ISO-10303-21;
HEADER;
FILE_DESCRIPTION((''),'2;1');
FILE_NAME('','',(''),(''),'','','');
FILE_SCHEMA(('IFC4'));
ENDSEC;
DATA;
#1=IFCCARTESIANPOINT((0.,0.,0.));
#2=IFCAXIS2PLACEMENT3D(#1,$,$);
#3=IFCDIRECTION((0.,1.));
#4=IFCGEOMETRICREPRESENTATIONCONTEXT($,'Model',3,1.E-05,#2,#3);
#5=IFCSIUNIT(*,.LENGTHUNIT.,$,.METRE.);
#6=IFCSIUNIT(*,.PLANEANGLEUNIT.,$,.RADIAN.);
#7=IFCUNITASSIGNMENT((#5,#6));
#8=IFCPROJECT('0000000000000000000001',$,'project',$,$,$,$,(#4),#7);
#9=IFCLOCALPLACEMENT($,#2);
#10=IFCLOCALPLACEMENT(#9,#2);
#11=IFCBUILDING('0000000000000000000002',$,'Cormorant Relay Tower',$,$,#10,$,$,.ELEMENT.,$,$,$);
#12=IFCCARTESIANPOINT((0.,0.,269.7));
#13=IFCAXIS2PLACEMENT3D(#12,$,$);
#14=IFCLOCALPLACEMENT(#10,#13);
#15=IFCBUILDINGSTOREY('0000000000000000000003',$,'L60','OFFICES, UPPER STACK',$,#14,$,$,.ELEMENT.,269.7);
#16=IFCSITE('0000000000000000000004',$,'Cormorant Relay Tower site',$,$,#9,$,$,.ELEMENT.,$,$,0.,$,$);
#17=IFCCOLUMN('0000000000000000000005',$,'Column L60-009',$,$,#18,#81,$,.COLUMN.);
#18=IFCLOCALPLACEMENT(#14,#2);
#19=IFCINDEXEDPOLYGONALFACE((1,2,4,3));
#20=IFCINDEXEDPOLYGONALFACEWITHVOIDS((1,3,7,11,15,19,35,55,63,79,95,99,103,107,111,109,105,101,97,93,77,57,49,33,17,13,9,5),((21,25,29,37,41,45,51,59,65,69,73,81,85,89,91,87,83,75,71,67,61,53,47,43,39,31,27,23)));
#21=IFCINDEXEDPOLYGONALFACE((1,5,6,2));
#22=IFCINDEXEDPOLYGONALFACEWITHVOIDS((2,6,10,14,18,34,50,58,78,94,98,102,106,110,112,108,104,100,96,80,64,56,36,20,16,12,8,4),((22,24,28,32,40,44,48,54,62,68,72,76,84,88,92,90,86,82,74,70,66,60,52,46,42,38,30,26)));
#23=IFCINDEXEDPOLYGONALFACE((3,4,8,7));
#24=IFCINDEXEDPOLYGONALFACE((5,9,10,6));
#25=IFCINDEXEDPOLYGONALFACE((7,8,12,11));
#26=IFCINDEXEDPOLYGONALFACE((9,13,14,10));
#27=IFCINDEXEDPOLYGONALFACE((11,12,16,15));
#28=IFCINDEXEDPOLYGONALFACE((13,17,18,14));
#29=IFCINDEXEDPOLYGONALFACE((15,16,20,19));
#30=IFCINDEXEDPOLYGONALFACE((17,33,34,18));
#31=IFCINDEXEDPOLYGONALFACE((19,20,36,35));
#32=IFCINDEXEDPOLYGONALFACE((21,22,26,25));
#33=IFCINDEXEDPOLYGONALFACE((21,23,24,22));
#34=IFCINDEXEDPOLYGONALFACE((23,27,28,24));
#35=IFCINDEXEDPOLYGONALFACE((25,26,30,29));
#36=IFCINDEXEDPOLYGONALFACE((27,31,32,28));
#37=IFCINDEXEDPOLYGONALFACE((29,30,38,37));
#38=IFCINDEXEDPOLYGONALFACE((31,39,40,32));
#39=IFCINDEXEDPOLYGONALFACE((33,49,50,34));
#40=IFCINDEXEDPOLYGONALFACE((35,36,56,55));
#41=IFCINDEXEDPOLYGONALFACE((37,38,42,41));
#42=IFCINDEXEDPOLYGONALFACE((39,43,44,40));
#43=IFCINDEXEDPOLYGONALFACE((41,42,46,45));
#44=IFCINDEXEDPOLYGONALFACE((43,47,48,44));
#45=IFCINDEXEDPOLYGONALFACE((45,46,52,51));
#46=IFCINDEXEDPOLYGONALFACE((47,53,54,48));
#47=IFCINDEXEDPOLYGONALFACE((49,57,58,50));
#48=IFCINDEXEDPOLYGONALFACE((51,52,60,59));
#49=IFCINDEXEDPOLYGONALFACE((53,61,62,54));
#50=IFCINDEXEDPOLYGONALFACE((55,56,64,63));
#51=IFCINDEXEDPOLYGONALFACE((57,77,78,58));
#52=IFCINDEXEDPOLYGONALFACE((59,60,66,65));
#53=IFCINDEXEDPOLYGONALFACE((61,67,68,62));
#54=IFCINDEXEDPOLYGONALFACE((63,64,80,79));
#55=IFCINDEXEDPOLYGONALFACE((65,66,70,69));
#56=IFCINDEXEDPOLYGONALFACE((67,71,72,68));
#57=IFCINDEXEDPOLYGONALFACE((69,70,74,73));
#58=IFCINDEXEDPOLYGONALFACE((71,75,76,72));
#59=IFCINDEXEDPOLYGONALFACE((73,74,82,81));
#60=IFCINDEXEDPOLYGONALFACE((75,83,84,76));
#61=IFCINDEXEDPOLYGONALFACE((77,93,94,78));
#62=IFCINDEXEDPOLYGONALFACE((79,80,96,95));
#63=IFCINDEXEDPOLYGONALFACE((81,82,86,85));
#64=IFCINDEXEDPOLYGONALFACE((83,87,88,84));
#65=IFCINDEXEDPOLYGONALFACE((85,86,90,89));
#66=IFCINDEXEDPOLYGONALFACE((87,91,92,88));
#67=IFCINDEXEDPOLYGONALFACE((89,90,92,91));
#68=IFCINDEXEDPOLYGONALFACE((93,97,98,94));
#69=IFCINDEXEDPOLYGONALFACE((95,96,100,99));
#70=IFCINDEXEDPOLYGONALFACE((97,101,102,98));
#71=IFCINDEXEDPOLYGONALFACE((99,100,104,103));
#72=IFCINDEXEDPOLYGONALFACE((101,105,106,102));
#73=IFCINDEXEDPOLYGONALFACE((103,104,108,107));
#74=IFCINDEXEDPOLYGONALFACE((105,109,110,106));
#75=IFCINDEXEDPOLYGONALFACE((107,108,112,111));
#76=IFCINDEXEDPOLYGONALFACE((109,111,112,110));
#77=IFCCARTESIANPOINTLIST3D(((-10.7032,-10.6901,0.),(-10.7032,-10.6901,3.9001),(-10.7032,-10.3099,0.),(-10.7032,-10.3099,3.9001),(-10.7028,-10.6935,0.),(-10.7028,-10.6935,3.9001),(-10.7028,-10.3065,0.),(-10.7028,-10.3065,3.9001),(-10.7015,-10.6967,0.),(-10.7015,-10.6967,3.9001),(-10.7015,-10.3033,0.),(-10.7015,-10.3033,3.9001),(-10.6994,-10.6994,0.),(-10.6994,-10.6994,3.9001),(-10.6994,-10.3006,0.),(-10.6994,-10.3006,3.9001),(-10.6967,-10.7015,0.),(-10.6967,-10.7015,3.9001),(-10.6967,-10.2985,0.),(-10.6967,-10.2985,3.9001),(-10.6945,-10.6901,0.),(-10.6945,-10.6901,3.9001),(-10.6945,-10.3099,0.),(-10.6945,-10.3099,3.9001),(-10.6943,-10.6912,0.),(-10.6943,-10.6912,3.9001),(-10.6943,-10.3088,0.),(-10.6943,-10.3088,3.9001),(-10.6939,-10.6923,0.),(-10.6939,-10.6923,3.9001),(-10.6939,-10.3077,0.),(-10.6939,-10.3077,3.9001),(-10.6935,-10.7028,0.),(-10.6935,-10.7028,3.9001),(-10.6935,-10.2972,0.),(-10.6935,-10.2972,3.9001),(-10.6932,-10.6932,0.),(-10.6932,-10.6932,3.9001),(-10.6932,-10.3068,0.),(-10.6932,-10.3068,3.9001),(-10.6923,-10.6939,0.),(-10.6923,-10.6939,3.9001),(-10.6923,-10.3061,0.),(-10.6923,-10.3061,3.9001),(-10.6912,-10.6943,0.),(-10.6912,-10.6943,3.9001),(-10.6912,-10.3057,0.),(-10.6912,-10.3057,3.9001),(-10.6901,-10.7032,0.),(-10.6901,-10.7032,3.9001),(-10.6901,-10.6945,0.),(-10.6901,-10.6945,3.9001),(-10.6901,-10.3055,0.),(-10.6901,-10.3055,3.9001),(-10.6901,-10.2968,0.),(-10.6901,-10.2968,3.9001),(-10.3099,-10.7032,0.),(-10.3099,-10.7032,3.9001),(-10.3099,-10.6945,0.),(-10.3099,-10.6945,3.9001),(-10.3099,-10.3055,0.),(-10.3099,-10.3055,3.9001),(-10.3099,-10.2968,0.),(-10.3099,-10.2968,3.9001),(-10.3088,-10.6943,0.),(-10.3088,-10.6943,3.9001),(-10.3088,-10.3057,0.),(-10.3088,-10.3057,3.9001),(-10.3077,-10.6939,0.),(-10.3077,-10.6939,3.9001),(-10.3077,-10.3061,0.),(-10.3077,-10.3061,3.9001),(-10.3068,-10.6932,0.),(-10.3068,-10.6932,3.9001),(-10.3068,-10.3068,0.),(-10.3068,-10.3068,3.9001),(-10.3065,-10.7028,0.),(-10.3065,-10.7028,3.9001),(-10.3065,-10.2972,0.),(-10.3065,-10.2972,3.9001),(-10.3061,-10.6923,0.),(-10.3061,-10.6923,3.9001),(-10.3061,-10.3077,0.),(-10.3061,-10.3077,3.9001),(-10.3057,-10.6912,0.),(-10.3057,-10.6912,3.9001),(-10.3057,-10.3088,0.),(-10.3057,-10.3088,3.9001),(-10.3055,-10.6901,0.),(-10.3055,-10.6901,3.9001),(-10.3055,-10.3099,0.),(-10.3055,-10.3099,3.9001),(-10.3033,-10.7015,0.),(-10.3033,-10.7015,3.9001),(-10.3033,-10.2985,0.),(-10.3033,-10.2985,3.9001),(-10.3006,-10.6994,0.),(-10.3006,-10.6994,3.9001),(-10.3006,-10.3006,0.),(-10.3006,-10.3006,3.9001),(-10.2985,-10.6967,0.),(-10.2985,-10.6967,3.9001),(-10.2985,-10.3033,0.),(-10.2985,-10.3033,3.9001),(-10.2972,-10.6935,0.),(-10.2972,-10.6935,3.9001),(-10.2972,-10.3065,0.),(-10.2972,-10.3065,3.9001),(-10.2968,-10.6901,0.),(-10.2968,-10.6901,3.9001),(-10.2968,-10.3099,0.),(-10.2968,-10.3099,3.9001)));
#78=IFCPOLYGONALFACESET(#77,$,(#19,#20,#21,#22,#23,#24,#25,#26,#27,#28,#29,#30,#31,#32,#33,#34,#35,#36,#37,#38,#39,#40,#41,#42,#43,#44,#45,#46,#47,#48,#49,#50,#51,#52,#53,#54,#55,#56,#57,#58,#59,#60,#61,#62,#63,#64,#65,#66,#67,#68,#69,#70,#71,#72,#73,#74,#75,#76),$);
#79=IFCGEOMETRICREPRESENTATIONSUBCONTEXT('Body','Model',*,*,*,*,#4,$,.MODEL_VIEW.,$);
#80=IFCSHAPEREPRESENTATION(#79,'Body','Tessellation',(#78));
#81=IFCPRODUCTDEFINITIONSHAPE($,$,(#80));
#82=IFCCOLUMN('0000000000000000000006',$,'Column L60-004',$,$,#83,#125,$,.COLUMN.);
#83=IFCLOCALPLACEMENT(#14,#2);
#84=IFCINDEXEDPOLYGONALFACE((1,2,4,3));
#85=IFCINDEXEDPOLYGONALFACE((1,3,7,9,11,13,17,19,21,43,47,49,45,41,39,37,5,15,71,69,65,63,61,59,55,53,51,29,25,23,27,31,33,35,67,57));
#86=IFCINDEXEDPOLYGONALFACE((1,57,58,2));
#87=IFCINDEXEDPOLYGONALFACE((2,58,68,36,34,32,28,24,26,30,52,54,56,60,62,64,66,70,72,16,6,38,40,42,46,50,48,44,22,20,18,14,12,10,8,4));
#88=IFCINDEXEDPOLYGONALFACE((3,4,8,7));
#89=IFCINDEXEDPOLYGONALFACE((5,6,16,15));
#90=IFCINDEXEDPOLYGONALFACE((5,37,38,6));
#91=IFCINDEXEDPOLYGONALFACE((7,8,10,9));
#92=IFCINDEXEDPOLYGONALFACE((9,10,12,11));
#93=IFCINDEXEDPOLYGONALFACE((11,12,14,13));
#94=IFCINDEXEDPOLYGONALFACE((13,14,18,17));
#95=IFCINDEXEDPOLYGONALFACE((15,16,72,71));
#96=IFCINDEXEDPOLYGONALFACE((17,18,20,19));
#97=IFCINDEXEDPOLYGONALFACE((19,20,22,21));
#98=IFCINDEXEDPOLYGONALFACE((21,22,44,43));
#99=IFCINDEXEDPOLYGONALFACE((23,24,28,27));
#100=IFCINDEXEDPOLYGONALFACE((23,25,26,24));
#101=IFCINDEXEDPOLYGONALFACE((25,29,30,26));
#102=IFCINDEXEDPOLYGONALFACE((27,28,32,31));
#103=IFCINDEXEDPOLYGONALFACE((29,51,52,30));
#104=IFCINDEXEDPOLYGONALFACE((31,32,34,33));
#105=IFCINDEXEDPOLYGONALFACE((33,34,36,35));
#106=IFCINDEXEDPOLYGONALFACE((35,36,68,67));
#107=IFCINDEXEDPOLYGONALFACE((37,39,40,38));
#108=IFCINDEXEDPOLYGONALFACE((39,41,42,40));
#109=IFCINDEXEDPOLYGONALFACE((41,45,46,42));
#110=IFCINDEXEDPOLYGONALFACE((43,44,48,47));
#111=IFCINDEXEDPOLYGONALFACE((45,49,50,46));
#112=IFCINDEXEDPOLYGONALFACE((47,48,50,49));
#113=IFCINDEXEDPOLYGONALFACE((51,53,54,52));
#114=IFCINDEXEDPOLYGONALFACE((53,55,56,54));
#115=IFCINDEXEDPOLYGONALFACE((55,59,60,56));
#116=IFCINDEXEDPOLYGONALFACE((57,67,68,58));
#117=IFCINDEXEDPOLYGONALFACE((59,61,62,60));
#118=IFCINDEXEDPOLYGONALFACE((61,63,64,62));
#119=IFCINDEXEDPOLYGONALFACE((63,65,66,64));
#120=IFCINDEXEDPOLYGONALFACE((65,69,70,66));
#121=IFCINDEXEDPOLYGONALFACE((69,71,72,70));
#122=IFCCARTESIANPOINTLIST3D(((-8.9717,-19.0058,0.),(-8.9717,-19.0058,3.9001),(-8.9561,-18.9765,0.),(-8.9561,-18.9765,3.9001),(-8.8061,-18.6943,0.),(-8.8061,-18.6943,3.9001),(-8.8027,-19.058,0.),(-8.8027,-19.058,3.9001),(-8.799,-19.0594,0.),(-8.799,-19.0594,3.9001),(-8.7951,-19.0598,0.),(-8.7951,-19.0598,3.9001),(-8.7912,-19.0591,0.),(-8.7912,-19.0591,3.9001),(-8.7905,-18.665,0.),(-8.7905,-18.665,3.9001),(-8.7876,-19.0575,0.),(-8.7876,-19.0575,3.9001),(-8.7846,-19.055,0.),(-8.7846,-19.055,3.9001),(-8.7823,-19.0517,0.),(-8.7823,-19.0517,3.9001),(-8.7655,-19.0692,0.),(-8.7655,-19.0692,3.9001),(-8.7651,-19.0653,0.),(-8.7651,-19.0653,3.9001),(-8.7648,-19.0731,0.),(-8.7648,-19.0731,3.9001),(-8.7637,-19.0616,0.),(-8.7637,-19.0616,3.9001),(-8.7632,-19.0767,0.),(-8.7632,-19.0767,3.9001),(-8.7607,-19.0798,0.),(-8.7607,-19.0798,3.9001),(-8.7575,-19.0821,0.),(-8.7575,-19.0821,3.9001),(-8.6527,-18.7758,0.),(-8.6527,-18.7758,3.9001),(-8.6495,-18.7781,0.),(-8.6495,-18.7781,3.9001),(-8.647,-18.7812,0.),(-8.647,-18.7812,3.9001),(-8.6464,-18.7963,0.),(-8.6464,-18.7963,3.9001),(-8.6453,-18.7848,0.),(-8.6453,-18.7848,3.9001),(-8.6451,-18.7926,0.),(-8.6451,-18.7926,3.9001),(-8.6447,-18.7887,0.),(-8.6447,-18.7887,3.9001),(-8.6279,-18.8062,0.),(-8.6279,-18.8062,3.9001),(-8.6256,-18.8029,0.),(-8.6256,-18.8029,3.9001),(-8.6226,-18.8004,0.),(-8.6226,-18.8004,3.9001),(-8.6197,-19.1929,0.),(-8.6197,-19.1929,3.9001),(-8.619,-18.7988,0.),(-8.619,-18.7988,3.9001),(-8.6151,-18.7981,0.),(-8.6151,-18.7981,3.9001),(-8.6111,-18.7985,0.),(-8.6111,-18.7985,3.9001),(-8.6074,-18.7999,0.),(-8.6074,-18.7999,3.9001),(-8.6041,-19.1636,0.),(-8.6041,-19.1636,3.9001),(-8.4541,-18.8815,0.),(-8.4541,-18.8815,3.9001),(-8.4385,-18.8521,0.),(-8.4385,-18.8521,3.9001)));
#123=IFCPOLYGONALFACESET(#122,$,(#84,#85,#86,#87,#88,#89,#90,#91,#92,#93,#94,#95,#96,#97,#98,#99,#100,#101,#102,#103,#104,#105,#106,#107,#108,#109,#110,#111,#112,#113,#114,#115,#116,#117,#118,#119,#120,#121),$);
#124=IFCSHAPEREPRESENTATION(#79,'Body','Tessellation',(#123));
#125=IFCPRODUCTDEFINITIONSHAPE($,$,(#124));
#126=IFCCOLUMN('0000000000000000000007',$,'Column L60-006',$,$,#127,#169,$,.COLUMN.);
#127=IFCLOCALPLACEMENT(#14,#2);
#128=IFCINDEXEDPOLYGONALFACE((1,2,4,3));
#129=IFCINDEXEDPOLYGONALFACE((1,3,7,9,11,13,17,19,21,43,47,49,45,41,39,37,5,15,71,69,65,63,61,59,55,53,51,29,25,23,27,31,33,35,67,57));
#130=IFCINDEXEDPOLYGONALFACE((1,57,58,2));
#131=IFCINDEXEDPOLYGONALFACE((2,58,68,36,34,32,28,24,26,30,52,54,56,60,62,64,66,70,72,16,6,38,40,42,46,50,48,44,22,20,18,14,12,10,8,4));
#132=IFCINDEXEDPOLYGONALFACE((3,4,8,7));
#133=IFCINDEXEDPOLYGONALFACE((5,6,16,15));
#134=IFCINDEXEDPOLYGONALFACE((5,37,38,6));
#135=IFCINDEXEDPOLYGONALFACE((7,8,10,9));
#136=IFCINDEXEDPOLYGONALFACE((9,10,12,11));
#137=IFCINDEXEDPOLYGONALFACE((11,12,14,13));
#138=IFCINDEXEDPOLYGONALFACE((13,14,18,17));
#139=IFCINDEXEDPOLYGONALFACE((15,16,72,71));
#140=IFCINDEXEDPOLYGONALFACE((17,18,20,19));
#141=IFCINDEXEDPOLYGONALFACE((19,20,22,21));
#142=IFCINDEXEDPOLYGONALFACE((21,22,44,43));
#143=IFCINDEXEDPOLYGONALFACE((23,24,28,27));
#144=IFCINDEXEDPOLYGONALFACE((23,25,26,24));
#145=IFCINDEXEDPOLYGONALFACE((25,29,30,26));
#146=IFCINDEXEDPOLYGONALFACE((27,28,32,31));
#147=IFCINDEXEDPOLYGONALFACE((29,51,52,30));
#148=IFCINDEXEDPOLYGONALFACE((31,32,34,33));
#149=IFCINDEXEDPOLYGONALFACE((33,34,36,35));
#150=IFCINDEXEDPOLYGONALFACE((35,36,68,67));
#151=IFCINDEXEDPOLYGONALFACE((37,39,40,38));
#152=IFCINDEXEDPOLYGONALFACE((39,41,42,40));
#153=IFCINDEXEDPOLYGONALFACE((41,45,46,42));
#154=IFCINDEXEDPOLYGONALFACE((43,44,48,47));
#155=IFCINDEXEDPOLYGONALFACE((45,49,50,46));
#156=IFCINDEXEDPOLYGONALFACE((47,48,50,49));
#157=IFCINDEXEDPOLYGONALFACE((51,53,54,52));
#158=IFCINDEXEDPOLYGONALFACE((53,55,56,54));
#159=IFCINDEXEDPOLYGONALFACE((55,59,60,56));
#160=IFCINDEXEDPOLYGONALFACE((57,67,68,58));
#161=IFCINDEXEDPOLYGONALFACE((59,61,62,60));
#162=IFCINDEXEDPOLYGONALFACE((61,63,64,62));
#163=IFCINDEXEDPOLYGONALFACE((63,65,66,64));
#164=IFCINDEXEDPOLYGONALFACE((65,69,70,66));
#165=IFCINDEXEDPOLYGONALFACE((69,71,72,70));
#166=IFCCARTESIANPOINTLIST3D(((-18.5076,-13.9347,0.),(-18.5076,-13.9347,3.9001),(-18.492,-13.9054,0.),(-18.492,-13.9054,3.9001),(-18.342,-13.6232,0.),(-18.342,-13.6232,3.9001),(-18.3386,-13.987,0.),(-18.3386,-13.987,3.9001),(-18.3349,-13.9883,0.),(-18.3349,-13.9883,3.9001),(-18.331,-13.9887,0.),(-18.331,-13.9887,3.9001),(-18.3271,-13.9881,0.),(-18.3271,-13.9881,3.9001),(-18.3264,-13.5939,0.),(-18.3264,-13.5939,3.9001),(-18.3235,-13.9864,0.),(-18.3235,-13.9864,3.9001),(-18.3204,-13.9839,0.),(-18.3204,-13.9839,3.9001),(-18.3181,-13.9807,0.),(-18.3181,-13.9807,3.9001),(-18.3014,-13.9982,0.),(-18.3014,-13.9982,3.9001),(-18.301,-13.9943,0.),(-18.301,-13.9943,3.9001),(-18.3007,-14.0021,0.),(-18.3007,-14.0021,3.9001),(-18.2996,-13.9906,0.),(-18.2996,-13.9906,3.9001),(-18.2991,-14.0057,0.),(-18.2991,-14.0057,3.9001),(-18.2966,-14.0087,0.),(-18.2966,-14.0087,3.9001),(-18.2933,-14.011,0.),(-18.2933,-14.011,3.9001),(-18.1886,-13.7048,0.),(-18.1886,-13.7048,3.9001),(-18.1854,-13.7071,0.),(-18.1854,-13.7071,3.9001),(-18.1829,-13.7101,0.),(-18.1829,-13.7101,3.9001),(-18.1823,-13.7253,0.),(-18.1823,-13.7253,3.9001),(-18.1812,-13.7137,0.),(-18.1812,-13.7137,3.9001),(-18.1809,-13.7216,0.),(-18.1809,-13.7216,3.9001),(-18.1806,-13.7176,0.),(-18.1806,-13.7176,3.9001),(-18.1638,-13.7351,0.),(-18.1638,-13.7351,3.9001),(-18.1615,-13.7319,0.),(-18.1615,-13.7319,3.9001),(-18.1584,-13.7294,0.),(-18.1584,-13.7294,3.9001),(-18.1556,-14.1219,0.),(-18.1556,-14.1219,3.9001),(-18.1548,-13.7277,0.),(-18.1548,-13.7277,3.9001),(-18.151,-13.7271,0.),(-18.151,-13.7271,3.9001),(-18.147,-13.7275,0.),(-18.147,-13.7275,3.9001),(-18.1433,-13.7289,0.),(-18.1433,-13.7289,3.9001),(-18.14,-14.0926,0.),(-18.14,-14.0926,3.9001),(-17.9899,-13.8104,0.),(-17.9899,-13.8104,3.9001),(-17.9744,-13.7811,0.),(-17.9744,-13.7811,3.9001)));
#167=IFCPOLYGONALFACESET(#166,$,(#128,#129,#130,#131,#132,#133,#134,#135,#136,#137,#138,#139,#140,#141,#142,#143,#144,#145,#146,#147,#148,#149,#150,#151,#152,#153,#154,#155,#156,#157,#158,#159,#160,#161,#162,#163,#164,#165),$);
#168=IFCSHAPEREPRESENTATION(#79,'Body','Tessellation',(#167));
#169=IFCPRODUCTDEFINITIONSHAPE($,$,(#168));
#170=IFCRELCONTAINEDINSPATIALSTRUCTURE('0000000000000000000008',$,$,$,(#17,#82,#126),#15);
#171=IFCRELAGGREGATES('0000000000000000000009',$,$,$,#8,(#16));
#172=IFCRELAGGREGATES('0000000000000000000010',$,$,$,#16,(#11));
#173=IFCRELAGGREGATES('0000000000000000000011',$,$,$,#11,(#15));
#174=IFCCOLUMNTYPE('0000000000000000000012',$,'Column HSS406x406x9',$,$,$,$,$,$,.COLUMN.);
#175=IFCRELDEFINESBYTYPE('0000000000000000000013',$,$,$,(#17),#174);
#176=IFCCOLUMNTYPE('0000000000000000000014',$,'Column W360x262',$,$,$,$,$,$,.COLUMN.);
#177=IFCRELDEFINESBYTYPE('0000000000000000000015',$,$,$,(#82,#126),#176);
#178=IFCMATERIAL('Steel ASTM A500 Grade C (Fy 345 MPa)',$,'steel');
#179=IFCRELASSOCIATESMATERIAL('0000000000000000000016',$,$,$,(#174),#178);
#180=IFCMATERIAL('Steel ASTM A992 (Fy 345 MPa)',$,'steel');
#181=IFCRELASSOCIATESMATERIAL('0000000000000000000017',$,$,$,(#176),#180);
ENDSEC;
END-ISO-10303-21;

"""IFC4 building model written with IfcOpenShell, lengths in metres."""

from ifc_helpers import new_model, si_unit, direction, frame, origin, origin_2d, place, context, subcontext, project, spatial, hollow_rectangle, i_section, extrude, material, material_profile, profile_set, type_object, element, save


model = new_model("IFC4")

# Units and contexts
model_context = context("Model", 3, precision=1e-05, world=origin(), true_north=direction((0.0, 1.0)))
body_context = subcontext(model_context, "Body", "Model", "MODEL_VIEW")
ifc_project = project(units=[si_unit("LENGTHUNIT", "METRE"), si_unit("PLANEANGLEUNIT", "RADIAN")], contexts=[model_context])

# Site, building, storey
site_placement = place(None, origin())
site = spatial("IfcSite", under=ifc_project, at=site_placement, Name="Cormorant Relay Tower site", CompositionType="ELEMENT", RefElevation=0.0)
building_placement = place(site_placement, origin())
building = spatial("IfcBuilding", under=site, at=building_placement, Name="Cormorant Relay Tower", CompositionType="ELEMENT")
storey_placement = place(building_placement, frame((0.0, 0.0, 269.7)))
storey = spatial("IfcBuildingStorey", under=building, at=storey_placement, Name="L60", Description="OFFICES, UPPER STACK", CompositionType="ELEMENT", Elevation=269.7)

# Columns
ifc_material_1 = material(Name="Steel ASTM A500 Grade C (Fy 345 MPa)", Category="steel")
ifc_material_profile_1 = material_profile(ifc_material_1, hollow_rectangle(XDim=0.4065, YDim=0.4065, WallThickness=0.0088, InnerFilletRadius=0.0044, OuterFilletRadius=0.0132, at=origin_2d()), Name="HSS406x406x9")
ifc_profile_set_1 = profile_set([ifc_material_profile_1], Name="Steel ASTM A500 Grade C (Fy 345 MPa)")
column_type_1 = type_object("IfcColumnType", Name="Column HSS406x406x9", PredefinedType="COLUMN", material=ifc_profile_set_1)
column_placement = place(storey_placement, frame((-10.5, -10.5, 0.0), z_axis=(0.0, 0.0, 1.0), x_axis=(1.0, 0.0, 0.0)))
element("IfcColumn", 1, at=column_placement, inside=storey, type_object=column_type_1, Name="Column L60-009", PredefinedType="COLUMN", context=body_context, shape_type="SweptSolid", body=[
    extrude(hollow_rectangle(XDim=0.4065, YDim=0.4065, WallThickness=0.0088, InnerFilletRadius=0.0044, OuterFilletRadius=0.0132, at=origin_2d()), origin(), (0.0, 0.0, 1.0), 3.9001),
])
ifc_material_2 = material(Name="Steel ASTM A992 (Fy 345 MPa)", Category="steel")
ifc_material_profile_2 = material_profile(ifc_material_2, i_section(OverallWidth=0.3987, OverallDepth=0.386, WebThickness=0.021, FlangeThickness=0.0332, FilletRadius=0.0151, at=origin_2d()), Name="W360x262")
ifc_profile_set_2 = profile_set([ifc_material_profile_2], Name="Steel ASTM A992 (Fy 345 MPa)")
column_type_2 = type_object("IfcColumnType", Name="Column W360x262", PredefinedType="COLUMN", material=ifc_profile_set_2)
for number, where, z_axis, x_axis, name in (
    (2, (-8.7051, -18.929, 0.0), (0.0, 0.0, 1.0), (0.882948, -0.469472, 0.0), "Column L60-004"),
    (3, (-18.241, -13.8579, 0.0), (0.0, 0.0, 1.0), (0.882948, -0.469472, 0.0), "Column L60-006"),
):
    element("IfcColumn", number, at=place(storey_placement, frame(where, z_axis=z_axis, x_axis=x_axis)), inside=storey, type_object=column_type_2, Name=name, PredefinedType="COLUMN", context=body_context, shape_type="SweptSolid", body=[
        extrude(i_section(OverallWidth=0.3987, OverallDepth=0.386, WebThickness=0.021, FlangeThickness=0.0332, FilletRadius=0.0151, at=origin_2d()), origin(), (0.0, 0.0, 1.0), 3.9001),
    ])

save(model, "model.ifc")
